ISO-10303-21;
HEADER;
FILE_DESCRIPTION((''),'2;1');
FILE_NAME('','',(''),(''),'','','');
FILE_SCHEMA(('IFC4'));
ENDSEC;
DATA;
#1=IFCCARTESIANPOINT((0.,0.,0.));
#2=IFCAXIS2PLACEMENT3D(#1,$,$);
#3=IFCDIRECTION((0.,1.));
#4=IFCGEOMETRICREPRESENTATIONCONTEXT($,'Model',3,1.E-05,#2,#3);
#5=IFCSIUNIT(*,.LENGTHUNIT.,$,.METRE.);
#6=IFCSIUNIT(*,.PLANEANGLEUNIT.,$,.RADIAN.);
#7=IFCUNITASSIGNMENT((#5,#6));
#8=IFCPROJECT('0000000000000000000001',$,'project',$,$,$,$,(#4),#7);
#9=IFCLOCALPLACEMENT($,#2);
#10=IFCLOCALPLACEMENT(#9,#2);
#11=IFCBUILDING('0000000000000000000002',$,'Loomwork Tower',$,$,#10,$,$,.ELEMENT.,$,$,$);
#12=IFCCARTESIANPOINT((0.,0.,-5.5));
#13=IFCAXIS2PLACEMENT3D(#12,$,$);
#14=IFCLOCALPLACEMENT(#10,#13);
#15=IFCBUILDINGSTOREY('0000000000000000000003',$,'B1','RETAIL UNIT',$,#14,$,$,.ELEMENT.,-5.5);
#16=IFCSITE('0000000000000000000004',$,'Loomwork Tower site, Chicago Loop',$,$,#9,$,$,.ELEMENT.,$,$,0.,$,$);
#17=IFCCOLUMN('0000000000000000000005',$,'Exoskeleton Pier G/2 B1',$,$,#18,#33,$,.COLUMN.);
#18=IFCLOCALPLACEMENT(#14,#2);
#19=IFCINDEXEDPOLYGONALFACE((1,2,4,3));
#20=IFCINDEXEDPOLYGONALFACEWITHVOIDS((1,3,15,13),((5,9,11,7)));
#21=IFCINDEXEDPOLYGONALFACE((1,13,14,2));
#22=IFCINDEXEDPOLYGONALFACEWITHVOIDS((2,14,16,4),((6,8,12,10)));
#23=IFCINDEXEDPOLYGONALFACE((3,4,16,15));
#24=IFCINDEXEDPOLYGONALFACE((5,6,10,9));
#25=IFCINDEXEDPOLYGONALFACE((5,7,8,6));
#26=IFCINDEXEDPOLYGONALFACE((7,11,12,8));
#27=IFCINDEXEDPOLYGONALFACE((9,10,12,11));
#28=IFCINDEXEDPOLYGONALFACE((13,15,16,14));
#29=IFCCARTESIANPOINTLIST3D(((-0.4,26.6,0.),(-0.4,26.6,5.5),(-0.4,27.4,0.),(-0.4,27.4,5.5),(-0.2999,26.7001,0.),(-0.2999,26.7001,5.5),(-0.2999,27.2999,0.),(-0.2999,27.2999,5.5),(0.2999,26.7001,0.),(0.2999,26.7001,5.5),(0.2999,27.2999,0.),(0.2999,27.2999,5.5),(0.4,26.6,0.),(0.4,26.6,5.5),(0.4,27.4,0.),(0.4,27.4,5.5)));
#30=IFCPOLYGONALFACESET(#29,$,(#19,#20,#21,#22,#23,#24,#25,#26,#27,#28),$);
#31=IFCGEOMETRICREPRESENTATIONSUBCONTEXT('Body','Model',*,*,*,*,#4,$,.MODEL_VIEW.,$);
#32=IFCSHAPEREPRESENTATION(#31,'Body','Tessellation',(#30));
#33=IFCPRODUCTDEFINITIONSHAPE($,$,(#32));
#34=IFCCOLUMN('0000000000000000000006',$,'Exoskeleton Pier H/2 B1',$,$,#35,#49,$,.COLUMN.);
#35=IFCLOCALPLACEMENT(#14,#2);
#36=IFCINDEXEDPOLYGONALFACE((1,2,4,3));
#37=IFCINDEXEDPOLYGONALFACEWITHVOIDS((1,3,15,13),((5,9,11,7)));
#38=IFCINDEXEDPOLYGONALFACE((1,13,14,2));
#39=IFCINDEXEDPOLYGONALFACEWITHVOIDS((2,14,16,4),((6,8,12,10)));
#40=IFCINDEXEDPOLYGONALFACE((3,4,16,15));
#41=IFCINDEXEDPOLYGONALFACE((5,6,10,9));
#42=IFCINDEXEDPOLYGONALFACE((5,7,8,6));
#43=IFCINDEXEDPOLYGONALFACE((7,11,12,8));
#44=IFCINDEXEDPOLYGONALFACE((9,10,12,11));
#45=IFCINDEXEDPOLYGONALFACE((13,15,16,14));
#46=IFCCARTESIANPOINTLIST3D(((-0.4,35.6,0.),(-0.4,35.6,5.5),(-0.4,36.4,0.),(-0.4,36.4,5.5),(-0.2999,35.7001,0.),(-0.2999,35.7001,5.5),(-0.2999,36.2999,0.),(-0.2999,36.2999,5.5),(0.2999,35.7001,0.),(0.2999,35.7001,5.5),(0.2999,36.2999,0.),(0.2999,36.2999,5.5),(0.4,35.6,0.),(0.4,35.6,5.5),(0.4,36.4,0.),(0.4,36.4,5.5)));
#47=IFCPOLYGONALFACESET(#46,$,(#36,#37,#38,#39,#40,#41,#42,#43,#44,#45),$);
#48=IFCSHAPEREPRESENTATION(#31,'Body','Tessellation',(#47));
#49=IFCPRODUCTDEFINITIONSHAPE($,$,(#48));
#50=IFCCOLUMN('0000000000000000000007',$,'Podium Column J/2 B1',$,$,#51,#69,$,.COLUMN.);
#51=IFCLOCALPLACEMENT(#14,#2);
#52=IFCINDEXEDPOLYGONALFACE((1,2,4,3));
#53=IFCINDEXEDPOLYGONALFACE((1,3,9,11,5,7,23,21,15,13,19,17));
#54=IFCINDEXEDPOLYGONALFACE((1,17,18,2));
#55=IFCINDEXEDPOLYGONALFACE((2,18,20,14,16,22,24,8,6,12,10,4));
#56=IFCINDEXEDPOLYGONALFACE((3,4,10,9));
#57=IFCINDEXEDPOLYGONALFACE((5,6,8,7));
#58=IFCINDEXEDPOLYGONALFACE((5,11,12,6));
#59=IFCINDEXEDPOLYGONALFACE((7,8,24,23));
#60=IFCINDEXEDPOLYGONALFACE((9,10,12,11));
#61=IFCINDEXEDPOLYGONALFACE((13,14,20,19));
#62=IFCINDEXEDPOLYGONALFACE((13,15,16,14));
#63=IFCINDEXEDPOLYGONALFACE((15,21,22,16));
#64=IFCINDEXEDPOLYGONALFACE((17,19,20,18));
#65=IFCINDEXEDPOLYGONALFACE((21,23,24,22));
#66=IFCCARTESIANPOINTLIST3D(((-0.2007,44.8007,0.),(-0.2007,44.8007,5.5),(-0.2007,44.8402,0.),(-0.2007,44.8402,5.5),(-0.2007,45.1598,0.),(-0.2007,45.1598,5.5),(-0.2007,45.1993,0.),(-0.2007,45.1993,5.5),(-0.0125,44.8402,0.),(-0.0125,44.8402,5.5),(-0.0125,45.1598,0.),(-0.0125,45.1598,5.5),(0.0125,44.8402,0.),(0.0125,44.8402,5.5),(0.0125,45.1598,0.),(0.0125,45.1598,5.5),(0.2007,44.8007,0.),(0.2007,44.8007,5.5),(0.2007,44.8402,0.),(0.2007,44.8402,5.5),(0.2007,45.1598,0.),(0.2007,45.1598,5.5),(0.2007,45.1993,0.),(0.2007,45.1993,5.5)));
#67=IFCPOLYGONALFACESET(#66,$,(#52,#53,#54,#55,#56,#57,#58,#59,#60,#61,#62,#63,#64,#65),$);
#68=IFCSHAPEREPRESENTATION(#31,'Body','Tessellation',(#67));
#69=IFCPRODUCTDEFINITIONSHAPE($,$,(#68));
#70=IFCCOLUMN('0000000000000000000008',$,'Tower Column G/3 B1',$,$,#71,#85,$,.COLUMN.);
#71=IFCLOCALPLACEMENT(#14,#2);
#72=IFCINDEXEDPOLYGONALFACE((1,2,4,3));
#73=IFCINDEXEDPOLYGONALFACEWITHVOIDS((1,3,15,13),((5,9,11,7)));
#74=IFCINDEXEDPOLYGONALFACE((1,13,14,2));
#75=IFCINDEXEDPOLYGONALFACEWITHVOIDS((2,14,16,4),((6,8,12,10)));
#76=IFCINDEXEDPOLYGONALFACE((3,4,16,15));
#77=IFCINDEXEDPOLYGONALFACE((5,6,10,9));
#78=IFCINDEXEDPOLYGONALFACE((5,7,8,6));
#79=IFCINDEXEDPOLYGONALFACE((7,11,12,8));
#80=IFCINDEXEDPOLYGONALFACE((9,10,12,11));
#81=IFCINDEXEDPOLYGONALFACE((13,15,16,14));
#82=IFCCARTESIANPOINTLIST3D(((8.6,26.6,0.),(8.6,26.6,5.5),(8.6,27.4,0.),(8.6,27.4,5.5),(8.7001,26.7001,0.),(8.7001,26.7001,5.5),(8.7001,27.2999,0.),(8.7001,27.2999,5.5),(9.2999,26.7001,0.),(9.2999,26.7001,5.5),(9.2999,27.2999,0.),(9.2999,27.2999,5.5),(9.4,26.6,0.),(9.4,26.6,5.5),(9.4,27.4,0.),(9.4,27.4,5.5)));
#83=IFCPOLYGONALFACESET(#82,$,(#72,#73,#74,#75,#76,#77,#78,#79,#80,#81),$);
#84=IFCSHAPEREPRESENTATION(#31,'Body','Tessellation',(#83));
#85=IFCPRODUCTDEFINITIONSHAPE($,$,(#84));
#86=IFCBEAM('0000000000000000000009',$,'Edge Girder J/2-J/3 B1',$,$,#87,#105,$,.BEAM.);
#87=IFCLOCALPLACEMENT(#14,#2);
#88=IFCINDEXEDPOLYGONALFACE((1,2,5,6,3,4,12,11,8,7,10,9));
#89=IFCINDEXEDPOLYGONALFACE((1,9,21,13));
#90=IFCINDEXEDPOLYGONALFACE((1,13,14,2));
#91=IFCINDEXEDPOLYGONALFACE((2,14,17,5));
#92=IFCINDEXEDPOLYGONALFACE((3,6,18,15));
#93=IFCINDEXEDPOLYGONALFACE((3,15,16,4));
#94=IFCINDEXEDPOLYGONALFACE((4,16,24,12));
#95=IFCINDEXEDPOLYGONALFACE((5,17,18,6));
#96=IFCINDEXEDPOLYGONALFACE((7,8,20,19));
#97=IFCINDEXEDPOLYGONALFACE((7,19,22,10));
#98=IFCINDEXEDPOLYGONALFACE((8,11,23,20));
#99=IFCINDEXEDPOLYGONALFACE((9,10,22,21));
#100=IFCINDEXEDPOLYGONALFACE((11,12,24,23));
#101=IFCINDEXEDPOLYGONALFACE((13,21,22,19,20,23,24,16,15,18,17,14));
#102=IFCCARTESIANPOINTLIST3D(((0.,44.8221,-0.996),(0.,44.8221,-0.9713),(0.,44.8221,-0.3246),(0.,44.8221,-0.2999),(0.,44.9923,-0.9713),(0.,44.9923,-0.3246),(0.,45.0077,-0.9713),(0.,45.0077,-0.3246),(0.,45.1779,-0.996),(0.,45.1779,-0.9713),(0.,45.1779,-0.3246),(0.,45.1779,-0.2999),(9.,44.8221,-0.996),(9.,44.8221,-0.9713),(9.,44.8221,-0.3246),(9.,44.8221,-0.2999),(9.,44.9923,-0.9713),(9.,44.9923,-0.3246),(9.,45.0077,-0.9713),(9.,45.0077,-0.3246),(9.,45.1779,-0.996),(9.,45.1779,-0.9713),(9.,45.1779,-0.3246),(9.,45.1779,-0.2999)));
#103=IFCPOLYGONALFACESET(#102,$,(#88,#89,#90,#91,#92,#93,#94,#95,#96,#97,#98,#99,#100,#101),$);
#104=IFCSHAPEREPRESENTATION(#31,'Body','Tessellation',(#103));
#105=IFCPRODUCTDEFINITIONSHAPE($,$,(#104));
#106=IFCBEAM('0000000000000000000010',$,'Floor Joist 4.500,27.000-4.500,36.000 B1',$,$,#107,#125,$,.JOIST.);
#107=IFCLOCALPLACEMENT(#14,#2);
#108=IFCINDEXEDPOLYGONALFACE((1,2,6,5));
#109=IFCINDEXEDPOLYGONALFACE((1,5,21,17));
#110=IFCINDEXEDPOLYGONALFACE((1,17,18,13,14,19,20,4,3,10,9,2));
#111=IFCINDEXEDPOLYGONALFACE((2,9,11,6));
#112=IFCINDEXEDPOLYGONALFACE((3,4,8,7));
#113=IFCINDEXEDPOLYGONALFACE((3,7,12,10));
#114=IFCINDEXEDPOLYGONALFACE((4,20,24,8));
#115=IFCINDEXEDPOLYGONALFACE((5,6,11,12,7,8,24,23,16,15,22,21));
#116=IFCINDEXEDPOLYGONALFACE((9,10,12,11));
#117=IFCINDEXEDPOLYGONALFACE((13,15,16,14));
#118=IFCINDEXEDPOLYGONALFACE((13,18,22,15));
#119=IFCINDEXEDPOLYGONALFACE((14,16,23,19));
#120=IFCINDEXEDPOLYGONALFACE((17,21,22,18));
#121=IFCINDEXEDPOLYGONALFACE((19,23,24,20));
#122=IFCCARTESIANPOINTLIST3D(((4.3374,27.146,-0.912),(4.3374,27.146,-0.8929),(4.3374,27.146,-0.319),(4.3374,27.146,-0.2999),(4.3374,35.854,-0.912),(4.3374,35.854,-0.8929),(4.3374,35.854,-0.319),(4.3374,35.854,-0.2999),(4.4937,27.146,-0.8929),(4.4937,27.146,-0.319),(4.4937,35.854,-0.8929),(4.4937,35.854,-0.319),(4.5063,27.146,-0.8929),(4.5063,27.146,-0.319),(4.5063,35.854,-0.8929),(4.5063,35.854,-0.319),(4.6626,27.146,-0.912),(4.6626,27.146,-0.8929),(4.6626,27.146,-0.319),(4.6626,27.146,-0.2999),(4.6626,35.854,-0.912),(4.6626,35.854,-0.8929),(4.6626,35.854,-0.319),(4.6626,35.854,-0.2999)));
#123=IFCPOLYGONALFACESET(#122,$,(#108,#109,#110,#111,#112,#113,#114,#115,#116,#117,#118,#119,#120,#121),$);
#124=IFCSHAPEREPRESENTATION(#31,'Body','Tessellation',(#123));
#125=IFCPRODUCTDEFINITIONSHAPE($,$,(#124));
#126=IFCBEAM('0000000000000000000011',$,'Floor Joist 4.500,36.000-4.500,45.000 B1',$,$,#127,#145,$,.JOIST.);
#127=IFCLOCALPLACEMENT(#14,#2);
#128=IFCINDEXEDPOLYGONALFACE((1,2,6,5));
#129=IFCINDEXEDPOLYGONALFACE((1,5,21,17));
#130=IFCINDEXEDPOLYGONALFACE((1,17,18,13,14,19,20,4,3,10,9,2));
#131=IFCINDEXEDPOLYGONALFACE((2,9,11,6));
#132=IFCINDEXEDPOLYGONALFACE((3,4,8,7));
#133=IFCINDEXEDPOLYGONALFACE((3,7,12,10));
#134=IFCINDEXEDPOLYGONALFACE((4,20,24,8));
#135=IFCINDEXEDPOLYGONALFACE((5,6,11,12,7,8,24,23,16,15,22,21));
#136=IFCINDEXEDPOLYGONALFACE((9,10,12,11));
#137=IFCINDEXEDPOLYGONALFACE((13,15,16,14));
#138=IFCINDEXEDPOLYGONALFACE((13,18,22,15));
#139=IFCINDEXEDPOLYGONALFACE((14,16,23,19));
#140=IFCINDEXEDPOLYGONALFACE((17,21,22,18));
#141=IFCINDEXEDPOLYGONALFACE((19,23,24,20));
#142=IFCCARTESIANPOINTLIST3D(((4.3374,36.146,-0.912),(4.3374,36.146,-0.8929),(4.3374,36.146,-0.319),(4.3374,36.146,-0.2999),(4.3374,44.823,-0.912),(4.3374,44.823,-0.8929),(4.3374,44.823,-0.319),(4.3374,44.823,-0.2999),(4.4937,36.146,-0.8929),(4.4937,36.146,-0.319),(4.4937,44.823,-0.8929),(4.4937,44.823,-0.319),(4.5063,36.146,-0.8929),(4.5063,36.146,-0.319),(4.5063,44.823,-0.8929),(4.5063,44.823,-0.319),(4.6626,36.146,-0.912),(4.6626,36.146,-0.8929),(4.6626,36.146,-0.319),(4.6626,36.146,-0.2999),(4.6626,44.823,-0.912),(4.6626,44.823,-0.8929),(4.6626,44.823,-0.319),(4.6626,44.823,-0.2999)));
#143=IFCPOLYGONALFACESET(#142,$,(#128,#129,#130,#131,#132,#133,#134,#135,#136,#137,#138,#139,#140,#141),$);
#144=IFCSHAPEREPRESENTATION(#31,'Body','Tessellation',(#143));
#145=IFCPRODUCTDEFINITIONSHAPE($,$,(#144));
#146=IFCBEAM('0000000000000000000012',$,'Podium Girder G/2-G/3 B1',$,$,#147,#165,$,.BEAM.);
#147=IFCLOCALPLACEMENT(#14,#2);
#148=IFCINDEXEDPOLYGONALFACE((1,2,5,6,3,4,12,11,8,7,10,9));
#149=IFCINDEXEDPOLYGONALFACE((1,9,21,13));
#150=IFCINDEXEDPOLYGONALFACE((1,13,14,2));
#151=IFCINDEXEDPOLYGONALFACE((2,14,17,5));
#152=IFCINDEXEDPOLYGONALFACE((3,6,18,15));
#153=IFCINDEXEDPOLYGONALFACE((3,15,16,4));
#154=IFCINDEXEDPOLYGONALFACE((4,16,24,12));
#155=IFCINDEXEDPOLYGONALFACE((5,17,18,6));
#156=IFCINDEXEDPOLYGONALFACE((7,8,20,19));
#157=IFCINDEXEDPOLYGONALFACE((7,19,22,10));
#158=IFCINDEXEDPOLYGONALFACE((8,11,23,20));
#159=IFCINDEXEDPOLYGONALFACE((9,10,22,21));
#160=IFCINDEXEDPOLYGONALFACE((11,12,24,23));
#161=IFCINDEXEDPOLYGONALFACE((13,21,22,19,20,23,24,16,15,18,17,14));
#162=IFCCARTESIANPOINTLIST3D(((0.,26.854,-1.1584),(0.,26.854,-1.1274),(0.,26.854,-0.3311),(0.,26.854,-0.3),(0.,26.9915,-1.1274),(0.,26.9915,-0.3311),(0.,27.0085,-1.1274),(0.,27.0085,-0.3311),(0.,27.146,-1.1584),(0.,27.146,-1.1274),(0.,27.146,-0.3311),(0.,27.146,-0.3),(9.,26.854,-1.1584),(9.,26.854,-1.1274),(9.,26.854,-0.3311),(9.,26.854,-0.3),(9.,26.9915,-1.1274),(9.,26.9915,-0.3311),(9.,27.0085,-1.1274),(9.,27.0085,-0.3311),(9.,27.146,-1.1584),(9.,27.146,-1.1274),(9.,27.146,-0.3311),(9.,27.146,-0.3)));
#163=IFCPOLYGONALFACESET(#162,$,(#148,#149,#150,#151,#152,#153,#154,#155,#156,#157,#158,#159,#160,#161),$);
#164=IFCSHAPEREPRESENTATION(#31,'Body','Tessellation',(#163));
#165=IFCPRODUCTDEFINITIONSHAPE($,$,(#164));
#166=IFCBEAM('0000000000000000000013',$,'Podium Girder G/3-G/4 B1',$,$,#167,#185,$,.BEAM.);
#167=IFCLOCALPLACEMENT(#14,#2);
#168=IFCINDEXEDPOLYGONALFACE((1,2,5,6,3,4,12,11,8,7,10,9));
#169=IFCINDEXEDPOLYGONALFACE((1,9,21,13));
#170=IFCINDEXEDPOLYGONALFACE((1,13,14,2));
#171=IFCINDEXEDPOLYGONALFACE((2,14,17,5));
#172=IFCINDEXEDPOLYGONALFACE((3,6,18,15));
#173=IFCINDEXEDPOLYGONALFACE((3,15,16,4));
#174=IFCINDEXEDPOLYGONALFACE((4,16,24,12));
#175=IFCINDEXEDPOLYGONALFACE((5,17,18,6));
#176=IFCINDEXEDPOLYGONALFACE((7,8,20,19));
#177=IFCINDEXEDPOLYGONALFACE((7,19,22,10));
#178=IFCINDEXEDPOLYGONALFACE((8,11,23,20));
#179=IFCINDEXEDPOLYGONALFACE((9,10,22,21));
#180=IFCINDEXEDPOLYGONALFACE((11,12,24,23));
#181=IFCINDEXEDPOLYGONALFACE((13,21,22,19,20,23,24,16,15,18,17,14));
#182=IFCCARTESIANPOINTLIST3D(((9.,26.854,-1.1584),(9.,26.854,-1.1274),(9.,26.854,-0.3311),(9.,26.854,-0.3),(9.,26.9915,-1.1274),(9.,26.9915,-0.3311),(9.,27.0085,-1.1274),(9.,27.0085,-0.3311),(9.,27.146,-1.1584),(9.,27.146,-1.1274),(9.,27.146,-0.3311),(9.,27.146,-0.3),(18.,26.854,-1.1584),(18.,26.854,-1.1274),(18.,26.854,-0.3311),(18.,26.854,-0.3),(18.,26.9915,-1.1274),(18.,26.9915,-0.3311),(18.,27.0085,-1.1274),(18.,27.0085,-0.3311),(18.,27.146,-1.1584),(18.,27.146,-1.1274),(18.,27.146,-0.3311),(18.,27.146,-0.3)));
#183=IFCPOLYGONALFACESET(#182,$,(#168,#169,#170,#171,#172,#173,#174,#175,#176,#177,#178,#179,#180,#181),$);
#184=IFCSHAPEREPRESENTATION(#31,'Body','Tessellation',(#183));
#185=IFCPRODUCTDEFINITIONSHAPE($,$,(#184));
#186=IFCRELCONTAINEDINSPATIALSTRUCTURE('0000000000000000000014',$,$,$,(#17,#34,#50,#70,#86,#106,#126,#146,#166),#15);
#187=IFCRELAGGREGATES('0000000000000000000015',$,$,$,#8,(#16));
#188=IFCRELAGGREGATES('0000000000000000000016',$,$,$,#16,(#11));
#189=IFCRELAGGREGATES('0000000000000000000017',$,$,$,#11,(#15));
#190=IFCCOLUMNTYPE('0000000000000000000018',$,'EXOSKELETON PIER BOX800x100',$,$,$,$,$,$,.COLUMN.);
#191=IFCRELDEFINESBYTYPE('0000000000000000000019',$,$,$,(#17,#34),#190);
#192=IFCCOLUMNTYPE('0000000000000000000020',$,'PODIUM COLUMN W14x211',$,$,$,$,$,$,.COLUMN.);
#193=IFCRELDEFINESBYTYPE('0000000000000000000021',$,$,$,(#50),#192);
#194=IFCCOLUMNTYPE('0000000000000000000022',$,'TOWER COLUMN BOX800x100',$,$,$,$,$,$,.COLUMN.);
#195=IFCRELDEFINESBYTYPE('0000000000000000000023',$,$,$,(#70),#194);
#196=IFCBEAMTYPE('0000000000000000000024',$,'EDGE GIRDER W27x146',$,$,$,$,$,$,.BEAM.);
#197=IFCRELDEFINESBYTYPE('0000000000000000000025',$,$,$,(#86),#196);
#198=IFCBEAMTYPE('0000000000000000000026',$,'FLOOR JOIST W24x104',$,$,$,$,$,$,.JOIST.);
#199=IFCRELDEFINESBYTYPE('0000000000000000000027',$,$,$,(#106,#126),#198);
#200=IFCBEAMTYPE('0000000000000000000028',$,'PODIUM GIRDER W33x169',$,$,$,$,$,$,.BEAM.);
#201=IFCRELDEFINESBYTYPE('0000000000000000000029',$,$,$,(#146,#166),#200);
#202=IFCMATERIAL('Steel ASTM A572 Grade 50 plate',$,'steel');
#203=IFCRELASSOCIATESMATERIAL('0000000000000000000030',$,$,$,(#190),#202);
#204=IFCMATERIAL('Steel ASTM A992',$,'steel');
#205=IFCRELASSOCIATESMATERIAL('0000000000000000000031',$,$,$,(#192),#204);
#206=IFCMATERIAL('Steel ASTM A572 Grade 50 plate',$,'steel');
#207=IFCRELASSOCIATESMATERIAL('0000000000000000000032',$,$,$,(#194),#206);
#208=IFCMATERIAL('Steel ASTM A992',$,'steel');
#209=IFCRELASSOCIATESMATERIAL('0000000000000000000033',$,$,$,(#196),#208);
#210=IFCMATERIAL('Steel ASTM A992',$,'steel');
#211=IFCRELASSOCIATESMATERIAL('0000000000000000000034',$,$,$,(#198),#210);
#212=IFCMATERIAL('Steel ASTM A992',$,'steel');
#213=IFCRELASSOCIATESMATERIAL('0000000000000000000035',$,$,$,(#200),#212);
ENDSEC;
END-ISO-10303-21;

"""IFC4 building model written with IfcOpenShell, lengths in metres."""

from ifc_helpers import new_model, si_unit, direction, frame, origin, origin_2d, place, context, subcontext, project, spatial, hollow_rectangle, i_section, extrude, material, material_profile, profile_set, type_object, element, save


model = new_model("IFC4")

# Units and contexts
model_context = context("Model", 3, precision=1e-05, world=origin(), true_north=direction((0.0, 1.0)))
body_context = subcontext(model_context, "Body", "Model", "MODEL_VIEW")
ifc_project = project(units=[si_unit("LENGTHUNIT", "METRE"), si_unit("PLANEANGLEUNIT", "RADIAN")], contexts=[model_context])

# Site, building, storey
site_placement = place(None, origin())
site = spatial("IfcSite", under=ifc_project, at=site_placement, Name="Loomwork Tower site, Chicago Loop", CompositionType="ELEMENT", RefElevation=0.0)
building_placement = place(site_placement, origin())
building = spatial("IfcBuilding", under=site, at=building_placement, Name="Loomwork Tower", CompositionType="ELEMENT")
storey_placement = place(building_placement, frame((0.0, 0.0, -5.5)))
storey = spatial("IfcBuildingStorey", under=building, at=storey_placement, Name="B1", Description="RETAIL UNIT", CompositionType="ELEMENT", Elevation=-5.5)

# Columns
ifc_material_1 = material(Name="Steel ASTM A572 Grade 50 plate", Category="steel")
ifc_material_profile_1 = material_profile(ifc_material_1, hollow_rectangle(XDim=0.8, YDim=0.8, WallThickness=0.1001, at=origin_2d()), Name="BOX800x100")
ifc_profile_set_1 = profile_set([ifc_material_profile_1], Name="Steel ASTM A572 Grade 50 plate")
column_type_1 = type_object("IfcColumnType", Name="EXOSKELETON PIER BOX800x100", PredefinedType="COLUMN", material=ifc_profile_set_1)
for number, where, z_axis, x_axis, name in (
    (1, (0.0, 27.0, 0.0), (0.0, 0.0, 1.0), (0.0, 1.0, 0.0), "Exoskeleton Pier G/2 B1"),
    (2, (0.0, 36.0, 0.0), (0.0, 0.0, 1.0), (1.0, 0.0, 0.0), "Exoskeleton Pier H/2 B1"),
):
    element("IfcColumn", number, at=place(storey_placement, frame(where, z_axis=z_axis, x_axis=x_axis)), inside=storey, type_object=column_type_1, Name=name, PredefinedType="COLUMN", context=body_context, shape_type="SweptSolid", body=[
        extrude(hollow_rectangle(XDim=0.8, YDim=0.8, WallThickness=0.1001, at=origin_2d()), origin(), (0.0, 0.0, 1.0), 5.5),
    ])
ifc_material_2 = material(Name="Steel ASTM A992", Category="steel")
ifc_material_profile_2 = material_profile(ifc_material_2, i_section(OverallWidth=0.4014, OverallDepth=0.3987, WebThickness=0.0249, FlangeThickness=0.0396, at=origin_2d()), Name="W14x211")
ifc_profile_set_2 = profile_set([ifc_material_profile_2], Name="Steel ASTM A992")
column_type_2 = type_object("IfcColumnType", Name="PODIUM COLUMN W14x211", PredefinedType="COLUMN", material=ifc_profile_set_2)
column_1_placement = place(storey_placement, frame((0.0, 45.0, 0.0), z_axis=(0.0, 0.0, 1.0), x_axis=(1.0, 0.0, 0.0)))
element("IfcColumn", 3, at=column_1_placement, inside=storey, type_object=column_type_2, Name="Podium Column J/2 B1", PredefinedType="COLUMN", context=body_context, shape_type="SweptSolid", body=[
    extrude(i_section(OverallWidth=0.4014, OverallDepth=0.3987, WebThickness=0.0249, FlangeThickness=0.0396, at=origin_2d()), origin(), (0.0, 0.0, 1.0), 5.5),
])
ifc_material_3 = material(Name="Steel ASTM A572 Grade 50 plate", Category="steel")
ifc_material_profile_3 = material_profile(ifc_material_3, hollow_rectangle(XDim=0.8, YDim=0.8, WallThickness=0.1001, at=origin_2d()), Name="BOX800x100")
ifc_profile_set_3 = profile_set([ifc_material_profile_3], Name="Steel ASTM A572 Grade 50 plate")
column_type_3 = type_object("IfcColumnType", Name="TOWER COLUMN BOX800x100", PredefinedType="COLUMN", material=ifc_profile_set_3)
column_2_placement = place(storey_placement, frame((9.0, 27.0, 0.0), z_axis=(0.0, 0.0, 1.0), x_axis=(1.0, 0.0, 0.0)))
element("IfcColumn", 4, at=column_2_placement, inside=storey, type_object=column_type_3, Name="Tower Column G/3 B1", PredefinedType="COLUMN", context=body_context, shape_type="SweptSolid", body=[
    extrude(hollow_rectangle(XDim=0.8, YDim=0.8, WallThickness=0.1001, at=origin_2d()), origin(), (0.0, 0.0, 1.0), 5.5),
])

# Beams
ifc_material_4 = material(Name="Steel ASTM A992", Category="steel")
ifc_material_profile_4 = material_profile(ifc_material_4, i_section(OverallWidth=0.3557, OverallDepth=0.696, WebThickness=0.0154, FlangeThickness=0.0247, at=origin_2d()), Name="W27x146")
ifc_profile_set_4 = profile_set([ifc_material_profile_4], Name="Steel ASTM A992")
beam_type_1 = type_object("IfcBeamType", Name="EDGE GIRDER W27x146", PredefinedType="BEAM", material=ifc_profile_set_4)
beam_1_placement = place(storey_placement, frame((0.0, 45.0, -0.6479), z_axis=(1.0, 0.0, 0.0), x_axis=(0.0, 1.0, 0.0)))
element("IfcBeam", 5, at=beam_1_placement, inside=storey, type_object=beam_type_1, Name="Edge Girder J/2-J/3 B1", PredefinedType="BEAM", context=body_context, shape_type="SweptSolid", body=[
    extrude(i_section(OverallWidth=0.3557, OverallDepth=0.696, WebThickness=0.0154, FlangeThickness=0.0247, at=origin_2d()), origin(), (0.0, 0.0, 1.0), 9.0),
])
ifc_material_5 = material(Name="Steel ASTM A992", Category="steel")
ifc_material_profile_5 = material_profile(ifc_material_5, i_section(OverallWidth=0.3252, OverallDepth=0.6121, WebThickness=0.0127, FlangeThickness=0.019, at=origin_2d()), Name="W24x104")
ifc_profile_set_5 = profile_set([ifc_material_profile_5], Name="Steel ASTM A992")
beam_type_2 = type_object("IfcBeamType", Name="FLOOR JOIST W24x104", PredefinedType="JOIST", material=ifc_profile_set_5)
beam_2_placement = place(storey_placement, frame((4.5, 27.146, -0.606), z_axis=(0.0, 1.0, 0.0), x_axis=(-1.0, 0.0, 0.0)))
element("IfcBeam", 6, at=beam_2_placement, inside=storey, type_object=beam_type_2, Name="Floor Joist 4.500,27.000-4.500,36.000 B1", PredefinedType="JOIST", context=body_context, shape_type="SweptSolid", body=[
    extrude(i_section(OverallWidth=0.3252, OverallDepth=0.6121, WebThickness=0.0127, FlangeThickness=0.019, at=origin_2d()), origin(), (0.0, 0.0, 1.0), 8.708),
])
beam_3_placement = place(storey_placement, frame((4.5, 36.146, -0.606), z_axis=(0.0, 1.0, 0.0), x_axis=(-1.0, 0.0, 0.0)))
element("IfcBeam", 7, at=beam_3_placement, inside=storey, type_object=beam_type_2, Name="Floor Joist 4.500,36.000-4.500,45.000 B1", PredefinedType="JOIST", context=body_context, shape_type="SweptSolid", body=[
    extrude(i_section(OverallWidth=0.3252, OverallDepth=0.6121, WebThickness=0.0127, FlangeThickness=0.019, at=origin_2d()), origin(), (0.0, 0.0, 1.0), 8.677),
])
ifc_material_6 = material(Name="Steel ASTM A992", Category="steel")
ifc_material_profile_6 = material_profile(ifc_material_6, i_section(OverallWidth=0.292, OverallDepth=0.8584, WebThickness=0.0171, FlangeThickness=0.031, at=origin_2d()), Name="W33x169")
ifc_profile_set_6 = profile_set([ifc_material_profile_6], Name="Steel ASTM A992")
beam_type_3 = type_object("IfcBeamType", Name="PODIUM GIRDER W33x169", PredefinedType="BEAM", material=ifc_profile_set_6)
for number, where, z_axis, x_axis, name in (
    (8, (0.0, 27.0, -0.7292), (1.0, 0.0, 0.0), (0.0, 1.0, 0.0), "Podium Girder G/2-G/3 B1"),
    (9, (9.0, 27.0, -0.7292), (1.0, 0.0, 0.0), (0.0, 1.0, 0.0), "Podium Girder G/3-G/4 B1"),
):
    element("IfcBeam", number, at=place(storey_placement, frame(where, z_axis=z_axis, x_axis=x_axis)), inside=storey, type_object=beam_type_3, Name=name, PredefinedType="BEAM", context=body_context, shape_type="SweptSolid", body=[
        extrude(i_section(OverallWidth=0.292, OverallDepth=0.8584, WebThickness=0.0171, FlangeThickness=0.031, at=origin_2d()), origin(), (0.0, 0.0, 1.0), 9.0),
    ])

save(model, "model.ifc")
